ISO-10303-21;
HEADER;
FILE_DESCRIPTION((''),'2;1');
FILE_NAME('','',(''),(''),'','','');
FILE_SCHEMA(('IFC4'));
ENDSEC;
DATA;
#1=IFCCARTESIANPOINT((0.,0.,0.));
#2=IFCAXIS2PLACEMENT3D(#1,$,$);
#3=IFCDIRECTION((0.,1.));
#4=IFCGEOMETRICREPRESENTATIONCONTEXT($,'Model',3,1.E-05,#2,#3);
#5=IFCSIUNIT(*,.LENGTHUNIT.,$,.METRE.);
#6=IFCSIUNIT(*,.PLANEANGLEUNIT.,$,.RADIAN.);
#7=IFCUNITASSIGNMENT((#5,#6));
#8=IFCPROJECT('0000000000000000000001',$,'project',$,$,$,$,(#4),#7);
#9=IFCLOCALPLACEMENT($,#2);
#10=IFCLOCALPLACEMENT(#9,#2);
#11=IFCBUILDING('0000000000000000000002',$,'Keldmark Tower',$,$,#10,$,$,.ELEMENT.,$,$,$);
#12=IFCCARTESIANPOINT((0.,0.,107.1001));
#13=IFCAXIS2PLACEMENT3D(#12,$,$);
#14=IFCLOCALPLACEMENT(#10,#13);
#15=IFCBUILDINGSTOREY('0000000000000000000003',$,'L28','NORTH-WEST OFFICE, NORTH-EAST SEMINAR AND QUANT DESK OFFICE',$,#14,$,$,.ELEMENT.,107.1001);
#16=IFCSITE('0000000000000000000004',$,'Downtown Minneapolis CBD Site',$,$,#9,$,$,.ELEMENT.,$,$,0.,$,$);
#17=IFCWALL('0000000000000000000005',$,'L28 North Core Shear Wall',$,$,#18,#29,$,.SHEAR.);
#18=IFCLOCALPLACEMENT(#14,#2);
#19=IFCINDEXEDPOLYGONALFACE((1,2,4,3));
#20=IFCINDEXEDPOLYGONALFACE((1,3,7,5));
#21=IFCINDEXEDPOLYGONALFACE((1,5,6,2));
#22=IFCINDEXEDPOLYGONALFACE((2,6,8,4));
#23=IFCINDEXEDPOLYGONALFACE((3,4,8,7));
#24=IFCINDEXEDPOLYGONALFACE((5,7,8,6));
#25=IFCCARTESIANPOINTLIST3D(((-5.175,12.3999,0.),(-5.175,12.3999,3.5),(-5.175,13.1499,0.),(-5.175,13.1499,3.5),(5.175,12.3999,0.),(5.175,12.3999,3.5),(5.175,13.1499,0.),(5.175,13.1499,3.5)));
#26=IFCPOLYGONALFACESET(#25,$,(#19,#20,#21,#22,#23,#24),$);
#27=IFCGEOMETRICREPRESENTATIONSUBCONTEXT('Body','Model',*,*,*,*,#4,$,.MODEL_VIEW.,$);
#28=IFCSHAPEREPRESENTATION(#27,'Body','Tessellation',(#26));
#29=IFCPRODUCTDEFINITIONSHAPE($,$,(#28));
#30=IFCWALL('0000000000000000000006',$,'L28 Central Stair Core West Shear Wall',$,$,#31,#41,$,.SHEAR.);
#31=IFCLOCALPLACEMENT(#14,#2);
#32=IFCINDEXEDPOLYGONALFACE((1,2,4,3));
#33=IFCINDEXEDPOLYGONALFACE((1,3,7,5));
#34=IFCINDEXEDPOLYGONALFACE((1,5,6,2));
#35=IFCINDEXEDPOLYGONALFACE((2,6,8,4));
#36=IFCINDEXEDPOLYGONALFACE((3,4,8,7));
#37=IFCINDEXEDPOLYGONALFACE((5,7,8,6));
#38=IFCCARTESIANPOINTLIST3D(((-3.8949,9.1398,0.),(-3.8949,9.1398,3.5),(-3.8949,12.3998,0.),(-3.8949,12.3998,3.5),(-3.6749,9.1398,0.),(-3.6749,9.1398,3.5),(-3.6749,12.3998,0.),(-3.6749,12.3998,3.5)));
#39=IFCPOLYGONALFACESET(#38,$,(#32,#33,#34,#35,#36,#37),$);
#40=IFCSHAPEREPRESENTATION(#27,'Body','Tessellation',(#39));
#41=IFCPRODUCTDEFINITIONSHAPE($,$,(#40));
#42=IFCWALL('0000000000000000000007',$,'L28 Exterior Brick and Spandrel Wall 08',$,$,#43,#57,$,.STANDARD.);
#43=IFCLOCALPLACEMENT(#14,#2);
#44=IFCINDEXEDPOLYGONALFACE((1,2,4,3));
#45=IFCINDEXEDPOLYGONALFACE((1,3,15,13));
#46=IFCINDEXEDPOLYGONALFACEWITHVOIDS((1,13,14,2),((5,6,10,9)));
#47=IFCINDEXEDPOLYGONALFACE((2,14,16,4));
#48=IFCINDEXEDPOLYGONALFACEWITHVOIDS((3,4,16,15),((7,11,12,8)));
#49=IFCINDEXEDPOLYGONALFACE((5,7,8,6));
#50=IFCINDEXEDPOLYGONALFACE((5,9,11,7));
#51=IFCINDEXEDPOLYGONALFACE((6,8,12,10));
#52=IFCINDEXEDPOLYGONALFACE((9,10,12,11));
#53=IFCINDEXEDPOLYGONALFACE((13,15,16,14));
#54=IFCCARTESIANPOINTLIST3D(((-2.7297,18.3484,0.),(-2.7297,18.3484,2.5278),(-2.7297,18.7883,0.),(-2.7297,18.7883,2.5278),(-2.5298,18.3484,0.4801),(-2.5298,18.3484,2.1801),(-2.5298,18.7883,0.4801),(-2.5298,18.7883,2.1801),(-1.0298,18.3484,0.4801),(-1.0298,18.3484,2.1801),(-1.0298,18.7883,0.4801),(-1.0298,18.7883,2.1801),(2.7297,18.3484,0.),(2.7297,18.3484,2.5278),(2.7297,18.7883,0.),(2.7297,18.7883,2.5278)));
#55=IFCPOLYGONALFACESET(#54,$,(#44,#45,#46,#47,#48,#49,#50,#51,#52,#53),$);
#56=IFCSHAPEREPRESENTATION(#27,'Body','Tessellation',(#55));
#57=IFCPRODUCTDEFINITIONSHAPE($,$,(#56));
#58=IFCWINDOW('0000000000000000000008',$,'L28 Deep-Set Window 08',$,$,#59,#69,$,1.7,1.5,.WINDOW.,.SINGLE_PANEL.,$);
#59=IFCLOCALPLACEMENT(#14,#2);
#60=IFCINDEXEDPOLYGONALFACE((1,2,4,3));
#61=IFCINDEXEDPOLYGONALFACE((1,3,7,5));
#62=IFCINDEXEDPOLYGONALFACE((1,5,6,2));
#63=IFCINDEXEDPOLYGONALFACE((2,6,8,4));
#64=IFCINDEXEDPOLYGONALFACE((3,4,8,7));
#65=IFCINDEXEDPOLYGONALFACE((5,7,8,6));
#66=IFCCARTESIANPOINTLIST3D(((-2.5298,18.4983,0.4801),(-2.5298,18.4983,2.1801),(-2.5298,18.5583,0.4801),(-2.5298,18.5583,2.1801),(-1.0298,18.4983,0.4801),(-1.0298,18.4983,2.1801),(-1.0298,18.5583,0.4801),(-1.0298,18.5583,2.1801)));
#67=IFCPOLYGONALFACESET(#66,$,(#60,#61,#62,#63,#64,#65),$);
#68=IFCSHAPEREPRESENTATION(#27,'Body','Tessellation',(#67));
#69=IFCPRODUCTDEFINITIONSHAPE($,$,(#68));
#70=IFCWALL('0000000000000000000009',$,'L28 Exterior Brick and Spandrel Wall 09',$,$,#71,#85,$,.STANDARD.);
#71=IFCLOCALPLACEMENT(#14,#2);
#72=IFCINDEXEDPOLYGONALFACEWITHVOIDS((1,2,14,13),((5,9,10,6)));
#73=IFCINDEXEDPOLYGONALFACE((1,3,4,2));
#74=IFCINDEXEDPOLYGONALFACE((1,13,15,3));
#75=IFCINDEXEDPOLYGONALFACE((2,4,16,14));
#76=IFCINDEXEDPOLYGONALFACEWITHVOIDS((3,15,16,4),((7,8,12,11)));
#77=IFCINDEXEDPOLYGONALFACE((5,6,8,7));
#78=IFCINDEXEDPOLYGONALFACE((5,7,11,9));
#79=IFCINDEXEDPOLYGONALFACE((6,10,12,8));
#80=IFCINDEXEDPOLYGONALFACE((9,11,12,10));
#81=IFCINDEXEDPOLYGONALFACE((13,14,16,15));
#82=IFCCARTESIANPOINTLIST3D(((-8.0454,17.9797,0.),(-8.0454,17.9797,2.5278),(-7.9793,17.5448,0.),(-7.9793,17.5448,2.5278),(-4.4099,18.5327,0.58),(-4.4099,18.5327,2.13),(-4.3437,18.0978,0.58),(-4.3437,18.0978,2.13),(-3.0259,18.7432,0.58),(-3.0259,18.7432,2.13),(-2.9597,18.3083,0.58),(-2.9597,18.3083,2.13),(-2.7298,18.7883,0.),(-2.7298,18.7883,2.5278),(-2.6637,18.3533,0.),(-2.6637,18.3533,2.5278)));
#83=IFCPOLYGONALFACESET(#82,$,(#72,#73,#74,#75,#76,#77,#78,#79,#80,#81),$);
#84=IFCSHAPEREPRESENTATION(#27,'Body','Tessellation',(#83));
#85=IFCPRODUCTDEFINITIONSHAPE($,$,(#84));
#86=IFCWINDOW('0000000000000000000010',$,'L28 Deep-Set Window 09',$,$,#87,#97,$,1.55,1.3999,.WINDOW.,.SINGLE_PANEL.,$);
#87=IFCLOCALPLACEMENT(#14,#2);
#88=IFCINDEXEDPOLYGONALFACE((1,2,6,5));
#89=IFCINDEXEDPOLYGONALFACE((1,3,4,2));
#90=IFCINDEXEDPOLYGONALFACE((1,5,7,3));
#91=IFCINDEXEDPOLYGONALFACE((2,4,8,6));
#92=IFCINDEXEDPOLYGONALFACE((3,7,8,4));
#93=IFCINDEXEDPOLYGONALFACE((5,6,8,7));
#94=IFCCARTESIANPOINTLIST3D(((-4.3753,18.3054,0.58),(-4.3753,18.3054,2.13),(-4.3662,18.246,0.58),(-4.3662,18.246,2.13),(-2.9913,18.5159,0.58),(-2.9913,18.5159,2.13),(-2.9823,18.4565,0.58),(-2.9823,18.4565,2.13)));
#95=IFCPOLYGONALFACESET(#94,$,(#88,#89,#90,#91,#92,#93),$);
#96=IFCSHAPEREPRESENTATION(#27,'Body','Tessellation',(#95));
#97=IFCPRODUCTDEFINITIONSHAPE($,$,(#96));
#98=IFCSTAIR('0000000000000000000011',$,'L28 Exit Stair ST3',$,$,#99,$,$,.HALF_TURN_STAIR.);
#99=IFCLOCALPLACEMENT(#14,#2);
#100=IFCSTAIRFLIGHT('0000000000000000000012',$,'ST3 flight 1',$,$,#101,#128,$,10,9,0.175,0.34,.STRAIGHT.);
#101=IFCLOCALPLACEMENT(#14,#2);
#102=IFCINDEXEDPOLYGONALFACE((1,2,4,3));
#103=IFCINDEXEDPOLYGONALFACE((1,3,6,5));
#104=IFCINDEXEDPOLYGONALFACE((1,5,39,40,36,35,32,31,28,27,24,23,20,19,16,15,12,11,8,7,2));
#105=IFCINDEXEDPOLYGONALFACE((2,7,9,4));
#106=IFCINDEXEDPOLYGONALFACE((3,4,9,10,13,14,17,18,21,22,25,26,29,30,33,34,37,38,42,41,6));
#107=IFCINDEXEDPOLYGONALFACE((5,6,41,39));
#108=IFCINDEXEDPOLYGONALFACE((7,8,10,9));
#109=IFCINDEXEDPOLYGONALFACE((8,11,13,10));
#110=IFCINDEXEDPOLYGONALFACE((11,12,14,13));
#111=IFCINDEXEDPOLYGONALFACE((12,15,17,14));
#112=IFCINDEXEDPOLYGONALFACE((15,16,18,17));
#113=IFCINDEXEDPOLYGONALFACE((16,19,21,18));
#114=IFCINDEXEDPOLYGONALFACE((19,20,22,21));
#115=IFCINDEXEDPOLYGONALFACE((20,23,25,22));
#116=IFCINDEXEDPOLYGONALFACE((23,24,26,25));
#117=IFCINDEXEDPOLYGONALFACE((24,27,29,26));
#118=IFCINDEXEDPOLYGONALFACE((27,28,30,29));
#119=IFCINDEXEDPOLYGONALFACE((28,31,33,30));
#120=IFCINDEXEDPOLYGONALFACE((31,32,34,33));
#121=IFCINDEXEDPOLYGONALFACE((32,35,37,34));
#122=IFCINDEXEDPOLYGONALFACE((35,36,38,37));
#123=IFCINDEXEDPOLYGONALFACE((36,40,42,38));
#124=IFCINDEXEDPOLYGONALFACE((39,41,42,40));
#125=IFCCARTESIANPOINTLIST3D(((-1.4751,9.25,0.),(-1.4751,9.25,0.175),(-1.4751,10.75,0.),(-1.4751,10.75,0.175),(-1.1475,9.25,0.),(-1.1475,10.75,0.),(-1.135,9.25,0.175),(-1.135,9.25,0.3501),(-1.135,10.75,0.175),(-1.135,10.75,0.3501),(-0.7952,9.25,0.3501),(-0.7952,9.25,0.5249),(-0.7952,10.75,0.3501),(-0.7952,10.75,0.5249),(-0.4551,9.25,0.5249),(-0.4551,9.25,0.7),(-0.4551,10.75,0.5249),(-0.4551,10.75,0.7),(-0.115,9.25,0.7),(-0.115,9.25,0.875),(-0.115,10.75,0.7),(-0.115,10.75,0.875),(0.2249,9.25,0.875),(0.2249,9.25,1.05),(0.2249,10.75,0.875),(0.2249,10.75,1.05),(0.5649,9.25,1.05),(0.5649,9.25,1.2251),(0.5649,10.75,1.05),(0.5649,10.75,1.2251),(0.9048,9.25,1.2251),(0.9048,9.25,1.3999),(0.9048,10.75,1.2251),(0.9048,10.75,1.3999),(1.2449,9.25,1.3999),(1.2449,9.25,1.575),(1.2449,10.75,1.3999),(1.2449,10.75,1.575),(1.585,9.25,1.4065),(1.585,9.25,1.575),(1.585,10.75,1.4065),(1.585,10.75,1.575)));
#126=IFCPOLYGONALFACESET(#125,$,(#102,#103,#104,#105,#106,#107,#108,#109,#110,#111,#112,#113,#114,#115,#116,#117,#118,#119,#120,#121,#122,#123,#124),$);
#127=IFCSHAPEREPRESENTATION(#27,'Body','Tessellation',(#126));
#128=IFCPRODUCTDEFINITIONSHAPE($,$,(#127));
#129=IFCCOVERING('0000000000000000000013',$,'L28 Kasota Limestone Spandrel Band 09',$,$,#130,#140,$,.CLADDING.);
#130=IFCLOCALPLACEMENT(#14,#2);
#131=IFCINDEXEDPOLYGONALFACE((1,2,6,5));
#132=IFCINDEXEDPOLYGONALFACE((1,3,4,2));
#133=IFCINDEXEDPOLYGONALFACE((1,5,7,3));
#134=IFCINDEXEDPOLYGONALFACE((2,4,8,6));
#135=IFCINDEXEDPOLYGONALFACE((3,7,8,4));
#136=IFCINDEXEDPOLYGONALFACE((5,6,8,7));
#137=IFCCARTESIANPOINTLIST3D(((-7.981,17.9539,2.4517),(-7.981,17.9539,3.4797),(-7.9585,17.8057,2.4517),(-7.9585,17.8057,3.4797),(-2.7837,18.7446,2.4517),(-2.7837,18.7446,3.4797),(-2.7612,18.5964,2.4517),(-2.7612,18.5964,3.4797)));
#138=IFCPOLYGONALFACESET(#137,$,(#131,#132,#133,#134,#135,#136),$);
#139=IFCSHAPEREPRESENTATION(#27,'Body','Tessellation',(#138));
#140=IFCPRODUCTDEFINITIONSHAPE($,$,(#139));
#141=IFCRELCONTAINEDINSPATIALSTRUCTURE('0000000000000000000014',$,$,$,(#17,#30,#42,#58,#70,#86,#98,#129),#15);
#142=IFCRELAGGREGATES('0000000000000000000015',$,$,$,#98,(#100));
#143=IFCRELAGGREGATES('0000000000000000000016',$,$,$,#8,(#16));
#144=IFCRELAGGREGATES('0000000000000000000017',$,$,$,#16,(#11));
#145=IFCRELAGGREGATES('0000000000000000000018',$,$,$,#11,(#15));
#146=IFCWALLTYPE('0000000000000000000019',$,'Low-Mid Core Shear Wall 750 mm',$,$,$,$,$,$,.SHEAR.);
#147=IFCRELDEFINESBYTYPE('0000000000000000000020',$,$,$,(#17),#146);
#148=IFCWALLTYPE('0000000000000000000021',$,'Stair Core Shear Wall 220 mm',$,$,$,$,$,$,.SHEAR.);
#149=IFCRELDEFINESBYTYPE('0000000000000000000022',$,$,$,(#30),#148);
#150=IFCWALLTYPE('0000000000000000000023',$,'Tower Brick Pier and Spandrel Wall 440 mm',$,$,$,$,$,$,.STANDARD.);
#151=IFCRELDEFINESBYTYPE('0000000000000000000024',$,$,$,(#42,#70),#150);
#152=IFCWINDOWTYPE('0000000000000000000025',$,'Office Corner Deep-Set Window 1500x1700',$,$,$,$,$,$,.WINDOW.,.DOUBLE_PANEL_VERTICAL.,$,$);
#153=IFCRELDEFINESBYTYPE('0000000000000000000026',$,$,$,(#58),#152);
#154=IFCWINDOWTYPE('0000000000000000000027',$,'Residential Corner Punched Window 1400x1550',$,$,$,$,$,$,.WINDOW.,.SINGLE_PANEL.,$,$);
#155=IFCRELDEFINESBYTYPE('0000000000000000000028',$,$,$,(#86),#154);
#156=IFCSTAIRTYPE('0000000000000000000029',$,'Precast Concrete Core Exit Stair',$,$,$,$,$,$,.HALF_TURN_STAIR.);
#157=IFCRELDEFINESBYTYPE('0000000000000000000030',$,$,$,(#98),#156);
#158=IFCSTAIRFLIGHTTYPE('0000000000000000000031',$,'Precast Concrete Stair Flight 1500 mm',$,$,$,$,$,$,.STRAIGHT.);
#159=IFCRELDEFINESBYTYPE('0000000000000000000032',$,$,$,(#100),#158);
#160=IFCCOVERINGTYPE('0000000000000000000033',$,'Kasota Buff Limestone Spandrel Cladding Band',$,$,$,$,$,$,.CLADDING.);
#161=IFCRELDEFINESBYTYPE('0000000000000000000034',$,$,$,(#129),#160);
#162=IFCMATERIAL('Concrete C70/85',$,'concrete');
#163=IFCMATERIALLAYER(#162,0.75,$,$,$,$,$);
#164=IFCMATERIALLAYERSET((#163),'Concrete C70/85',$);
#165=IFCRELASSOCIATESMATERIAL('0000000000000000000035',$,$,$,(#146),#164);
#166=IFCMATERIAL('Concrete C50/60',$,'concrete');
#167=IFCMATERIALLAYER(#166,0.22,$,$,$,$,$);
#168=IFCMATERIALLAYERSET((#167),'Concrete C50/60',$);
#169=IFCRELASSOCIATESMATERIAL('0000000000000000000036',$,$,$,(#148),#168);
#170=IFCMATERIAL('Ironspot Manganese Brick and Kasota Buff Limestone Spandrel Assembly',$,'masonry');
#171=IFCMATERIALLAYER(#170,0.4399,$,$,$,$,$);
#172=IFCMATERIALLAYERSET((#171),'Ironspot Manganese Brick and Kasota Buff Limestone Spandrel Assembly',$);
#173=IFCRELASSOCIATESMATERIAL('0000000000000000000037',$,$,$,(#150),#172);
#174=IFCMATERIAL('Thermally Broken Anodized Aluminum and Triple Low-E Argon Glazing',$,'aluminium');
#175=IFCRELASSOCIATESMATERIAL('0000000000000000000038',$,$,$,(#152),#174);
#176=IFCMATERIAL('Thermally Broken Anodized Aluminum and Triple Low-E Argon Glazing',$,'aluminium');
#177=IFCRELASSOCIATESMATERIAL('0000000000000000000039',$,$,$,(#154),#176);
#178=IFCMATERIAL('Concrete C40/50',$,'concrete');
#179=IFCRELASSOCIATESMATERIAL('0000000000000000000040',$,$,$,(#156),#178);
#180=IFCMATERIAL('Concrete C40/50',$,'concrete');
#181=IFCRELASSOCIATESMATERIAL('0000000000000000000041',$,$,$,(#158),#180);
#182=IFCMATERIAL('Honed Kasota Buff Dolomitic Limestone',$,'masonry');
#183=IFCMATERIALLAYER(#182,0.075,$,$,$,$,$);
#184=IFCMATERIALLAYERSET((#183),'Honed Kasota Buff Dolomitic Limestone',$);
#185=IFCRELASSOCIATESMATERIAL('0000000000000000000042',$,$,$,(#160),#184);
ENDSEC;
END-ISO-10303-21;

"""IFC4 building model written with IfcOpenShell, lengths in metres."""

from ifc_helpers import new_model, si_unit, direction, frame, frame_2d, origin, origin_2d, place, context, subcontext, project, spatial, polyline, rectangle, outline, extrude, material, layer, layer_set, type_object, element, fill, aggregate, save


model = new_model("IFC4")

# Units and contexts
model_context = context("Model", 3, precision=1e-05, world=origin(), true_north=direction((0.0, 1.0)))
body_context = subcontext(model_context, "Body", "Model", "MODEL_VIEW")
ifc_project = project(units=[si_unit("LENGTHUNIT", "METRE"), si_unit("PLANEANGLEUNIT", "RADIAN")], contexts=[model_context])

# Site, building, storey
site_placement = place(None, origin())
site = spatial("IfcSite", under=ifc_project, at=site_placement, Name="Downtown Minneapolis CBD Site", CompositionType="ELEMENT", RefElevation=0.0)
building_placement = place(site_placement, origin())
building = spatial("IfcBuilding", under=site, at=building_placement, Name="Keldmark Tower", CompositionType="ELEMENT")
storey_placement = place(building_placement, frame((0.0, 0.0, 107.1001)))
storey = spatial("IfcBuildingStorey", under=building, at=storey_placement, Name="L28", Description="NORTH-WEST OFFICE, NORTH-EAST SEMINAR AND QUANT DESK OFFICE", CompositionType="ELEMENT", Elevation=107.1001)

# Walls
ifc_material_1 = material(Name="Concrete C70/85", Category="concrete")
ifc_layer_1 = layer(ifc_material_1, 0.75)
ifc_layer_set_1 = layer_set([ifc_layer_1], Name="Concrete C70/85")
wall_type_1 = type_object("IfcWallType", Name="Low-Mid Core Shear Wall 750 mm", PredefinedType="SHEAR", material=ifc_layer_set_1)
wall_1_placement = place(storey_placement, frame((-5.175, 12.7749, 0.0), z_axis=(0.0, 0.0, 1.0), x_axis=(1.0, 0.0, 0.0)))
element("IfcWall", 1, at=wall_1_placement, inside=storey, type_object=wall_type_1, Name="L28 North Core Shear Wall", PredefinedType="SHEAR", context=body_context, shape_type="SweptSolid", body=[
    extrude(rectangle(XDim=10.3501, YDim=0.75, at=frame_2d((5.175, 0.0))), origin(), (0.0, 0.0, 1.0), 3.5),
])
ifc_material_2 = material(Name="Concrete C50/60", Category="concrete")
ifc_layer_2 = layer(ifc_material_2, 0.22)
ifc_layer_set_2 = layer_set([ifc_layer_2], Name="Concrete C50/60")
wall_type_2 = type_object("IfcWallType", Name="Stair Core Shear Wall 220 mm", PredefinedType="SHEAR", material=ifc_layer_set_2)
wall_2_placement = place(storey_placement, frame((-3.7849, 9.1399, 0.0), z_axis=(0.0, 0.0, 1.0), x_axis=(0.0, 1.0, 0.0)))
element("IfcWall", 2, at=wall_2_placement, inside=storey, type_object=wall_type_2, Name="L28 Central Stair Core West Shear Wall", PredefinedType="SHEAR", context=body_context, shape_type="SweptSolid", body=[
    extrude(rectangle(XDim=3.26, YDim=0.22, at=frame_2d((1.6299, 0.0))), origin(), (0.0, 0.0, 1.0), 3.5),
])

# Walls, openings, windows
ifc_material_3 = material(Name="Ironspot Manganese Brick and Kasota Buff Limestone Spandrel Assembly", Category="masonry")
ifc_layer_3 = layer(ifc_material_3, 0.4399)
ifc_layer_set_3 = layer_set([ifc_layer_3], Name="Ironspot Manganese Brick and Kasota Buff Limestone Spandrel Assembly")
wall_type_3 = type_object("IfcWallType", Name="Tower Brick Pier and Spandrel Wall 440 mm", PredefinedType="STANDARD", material=ifc_layer_set_3)
wall_3_placement = place(storey_placement, frame((-2.7297, 18.5684, 0.0), z_axis=(0.0, 0.0, 1.0), x_axis=(1.0, 0.0, 0.0)))
wall_3 = element("IfcWall", 3, at=wall_3_placement, inside=storey, type_object=wall_type_3, Name="L28 Exterior Brick and Spandrel Wall 08", PredefinedType="STANDARD", context=body_context, shape_type="SweptSolid", body=[
    extrude(rectangle(XDim=5.4595, YDim=0.4399, at=frame_2d((2.7297, 0.0))), origin(), (0.0, 0.0, 1.0), 2.5278),
])
opening_1_placement = place(wall_3_placement, frame((0.2, 0.0, 0.48)))
opening_1 = element("IfcOpeningElement", 4, at=opening_1_placement, cuts=wall_3, PredefinedType="OPENING", context=body_context, shape_type="SweptSolid", body=[
    extrude(rectangle(XDim=1.5, YDim=1.7, at=frame_2d((0.75, 0.8501))), frame((0.0, 0.23, 0.0), z_axis=(0.0, -1.0, 0.0), x_axis=(1.0, 0.0, 0.0)), (0.0, 0.0, 1.0), 0.46),
])
ifc_material_4 = material(Name="Thermally Broken Anodized Aluminum and Triple Low-E Argon Glazing", Category="aluminium")
window_type_1 = type_object("IfcWindowType", Name="Office Corner Deep-Set Window 1500x1700", PartitioningType="DOUBLE_PANEL_VERTICAL", PredefinedType="WINDOW", material=ifc_material_4)
window_1_placement = place(opening_1_placement, origin())
window_1 = element("IfcWindow", 5, at=window_1_placement, inside=storey, type_object=window_type_1, Name="L28 Deep-Set Window 08", OverallHeight=1.7, OverallWidth=1.5, PartitioningType="SINGLE_PANEL", PredefinedType="WINDOW", context=body_context, shape_type="SweptSolid", body=[
    extrude(rectangle(XDim=1.5, YDim=1.7, at=frame_2d((0.75, 0.8501))), frame((0.0, -0.01, 0.0), z_axis=(0.0, -1.0, 0.0), x_axis=(1.0, 0.0, 0.0)), (0.0, 0.0, 1.0), 0.0601),
])
fill(opening_1, window_1)
wall_4_placement = place(storey_placement, frame((-8.0125, 17.7622, 0.0), z_axis=(0.0, 0.0, 1.0), x_axis=(0.988627, 0.150385, 0.0)))
wall_4 = element("IfcWall", 6, at=wall_4_placement, inside=storey, type_object=wall_type_3, Name="L28 Exterior Brick and Spandrel Wall 09", PredefinedType="STANDARD", context=body_context, shape_type="SweptSolid", body=[
    extrude(rectangle(XDim=5.3767, YDim=0.4399, at=frame_2d((2.6885, 0.0))), origin(), (0.0, 0.0, 1.0), 2.5278),
])
opening_2_placement = place(wall_4_placement, frame((3.6775, 0.0, 0.5801)))
opening_2 = element("IfcOpeningElement", 7, at=opening_2_placement, cuts=wall_4, PredefinedType="OPENING", context=body_context, shape_type="SweptSolid", body=[
    extrude(rectangle(XDim=1.3999, YDim=1.55, at=frame_2d((0.7, 0.7749))), frame((0.0, 0.23, 0.0), z_axis=(0.0, -1.0, 0.0), x_axis=(1.0, 0.0, 0.0)), (0.0, 0.0, 1.0), 0.46),
])
ifc_material_5 = material(Name="Thermally Broken Anodized Aluminum and Triple Low-E Argon Glazing", Category="aluminium")
window_type_2 = type_object("IfcWindowType", Name="Residential Corner Punched Window 1400x1550", PartitioningType="SINGLE_PANEL", PredefinedType="WINDOW", material=ifc_material_5)
window_2_placement = place(opening_2_placement, origin())
window_2 = element("IfcWindow", 8, at=window_2_placement, inside=storey, type_object=window_type_2, Name="L28 Deep-Set Window 09", OverallHeight=1.55, OverallWidth=1.3999, PartitioningType="SINGLE_PANEL", PredefinedType="WINDOW", context=body_context, shape_type="SweptSolid", body=[
    extrude(rectangle(XDim=1.3999, YDim=1.55, at=frame_2d((0.7, 0.7749))), frame((0.0, -0.01, 0.0), z_axis=(0.0, -1.0, 0.0), x_axis=(1.0, 0.0, 0.0)), (0.0, 0.0, 1.0), 0.0601),
])
fill(opening_2, window_2)

# Stair, stair flight
ifc_material_6 = material(Name="Concrete C40/50", Category="concrete")
stair_type = type_object("IfcStairType", Name="Precast Concrete Core Exit Stair", PredefinedType="HALF_TURN_STAIR", material=ifc_material_6)
stair_placement = place(storey_placement, origin())
stair = element("IfcStair", 9, at=stair_placement, inside=storey, type_object=stair_type, Name="L28 Exit Stair ST3", PredefinedType="HALF_TURN_STAIR")
ifc_material_7 = material(Name="Concrete C40/50", Category="concrete")
stair_flight_type = type_object("IfcStairFlightType", Name="Precast Concrete Stair Flight 1500 mm", PredefinedType="STRAIGHT", material=ifc_material_7)
stair_flight_placement = place(storey_placement, frame((-1.4751, 10.0, 0.0), z_axis=(0.0, 0.0, 1.0), x_axis=(1.0, 0.0, 0.0)))
stair_flight = element("IfcStairFlight", 10, at=stair_flight_placement, type_object=stair_flight_type, Name="ST3 flight 1", NumberOfRisers=10, NumberOfTreads=9, PredefinedType="STRAIGHT", RiserHeight=0.175, TreadLength=0.34, context=body_context, shape_type="SweptSolid", body=[
    extrude(outline(polyline([(0.0, 0.0), (0.0, 0.175), (0.3401, 0.175), (0.3401, 0.3501), (0.6799, 0.3501), (0.6799, 0.5249), (1.02, 0.5249), (1.02, 0.7), (1.3601, 0.7), (1.3601, 0.875), (1.7, 0.875), (1.7, 1.05), (2.04, 1.05), (2.04, 1.2251), (2.3799, 1.2251), (2.3799, 1.3999), (2.72, 1.3999), (2.72, 1.575), (3.0601, 1.575), (3.0601, 1.75), (3.0601, 1.4065), (0.3276, 0.0), (0.0, 0.0)])), frame((0.0, 0.75, 0.0), z_axis=(0.0, -1.0, 0.0), x_axis=(1.0, 0.0, 0.0)), (0.0, 0.0, 1.0), 1.5),
])
aggregate(stair, [stair_flight])

# Covering
ifc_material_8 = material(Name="Honed Kasota Buff Dolomitic Limestone", Category="masonry")
ifc_layer_4 = layer(ifc_material_8, 0.075)
ifc_layer_set_4 = layer_set([ifc_layer_4], Name="Honed Kasota Buff Dolomitic Limestone")
covering_type = type_object("IfcCoveringType", Name="Kasota Buff Limestone Spandrel Cladding Band", PredefinedType="CLADDING", material=ifc_layer_set_4)
covering_placement = place(storey_placement, frame((-5.3711, 18.2751, 2.4517), z_axis=(0.0, 0.0, 1.0), x_axis=(-0.988623, -0.150415, 0.0)))
element("IfcCovering", 11, at=covering_placement, inside=storey, type_object=covering_type, Name="L28 Kasota Limestone Spandrel Band 09", PredefinedType="CLADDING", context=body_context, shape_type="SweptSolid", body=[
    extrude(rectangle(XDim=5.2571, YDim=0.1499, at=origin_2d()), origin(), (0.0, 0.0, 1.0), 1.0281),
])

save(model, "model.ifc")
